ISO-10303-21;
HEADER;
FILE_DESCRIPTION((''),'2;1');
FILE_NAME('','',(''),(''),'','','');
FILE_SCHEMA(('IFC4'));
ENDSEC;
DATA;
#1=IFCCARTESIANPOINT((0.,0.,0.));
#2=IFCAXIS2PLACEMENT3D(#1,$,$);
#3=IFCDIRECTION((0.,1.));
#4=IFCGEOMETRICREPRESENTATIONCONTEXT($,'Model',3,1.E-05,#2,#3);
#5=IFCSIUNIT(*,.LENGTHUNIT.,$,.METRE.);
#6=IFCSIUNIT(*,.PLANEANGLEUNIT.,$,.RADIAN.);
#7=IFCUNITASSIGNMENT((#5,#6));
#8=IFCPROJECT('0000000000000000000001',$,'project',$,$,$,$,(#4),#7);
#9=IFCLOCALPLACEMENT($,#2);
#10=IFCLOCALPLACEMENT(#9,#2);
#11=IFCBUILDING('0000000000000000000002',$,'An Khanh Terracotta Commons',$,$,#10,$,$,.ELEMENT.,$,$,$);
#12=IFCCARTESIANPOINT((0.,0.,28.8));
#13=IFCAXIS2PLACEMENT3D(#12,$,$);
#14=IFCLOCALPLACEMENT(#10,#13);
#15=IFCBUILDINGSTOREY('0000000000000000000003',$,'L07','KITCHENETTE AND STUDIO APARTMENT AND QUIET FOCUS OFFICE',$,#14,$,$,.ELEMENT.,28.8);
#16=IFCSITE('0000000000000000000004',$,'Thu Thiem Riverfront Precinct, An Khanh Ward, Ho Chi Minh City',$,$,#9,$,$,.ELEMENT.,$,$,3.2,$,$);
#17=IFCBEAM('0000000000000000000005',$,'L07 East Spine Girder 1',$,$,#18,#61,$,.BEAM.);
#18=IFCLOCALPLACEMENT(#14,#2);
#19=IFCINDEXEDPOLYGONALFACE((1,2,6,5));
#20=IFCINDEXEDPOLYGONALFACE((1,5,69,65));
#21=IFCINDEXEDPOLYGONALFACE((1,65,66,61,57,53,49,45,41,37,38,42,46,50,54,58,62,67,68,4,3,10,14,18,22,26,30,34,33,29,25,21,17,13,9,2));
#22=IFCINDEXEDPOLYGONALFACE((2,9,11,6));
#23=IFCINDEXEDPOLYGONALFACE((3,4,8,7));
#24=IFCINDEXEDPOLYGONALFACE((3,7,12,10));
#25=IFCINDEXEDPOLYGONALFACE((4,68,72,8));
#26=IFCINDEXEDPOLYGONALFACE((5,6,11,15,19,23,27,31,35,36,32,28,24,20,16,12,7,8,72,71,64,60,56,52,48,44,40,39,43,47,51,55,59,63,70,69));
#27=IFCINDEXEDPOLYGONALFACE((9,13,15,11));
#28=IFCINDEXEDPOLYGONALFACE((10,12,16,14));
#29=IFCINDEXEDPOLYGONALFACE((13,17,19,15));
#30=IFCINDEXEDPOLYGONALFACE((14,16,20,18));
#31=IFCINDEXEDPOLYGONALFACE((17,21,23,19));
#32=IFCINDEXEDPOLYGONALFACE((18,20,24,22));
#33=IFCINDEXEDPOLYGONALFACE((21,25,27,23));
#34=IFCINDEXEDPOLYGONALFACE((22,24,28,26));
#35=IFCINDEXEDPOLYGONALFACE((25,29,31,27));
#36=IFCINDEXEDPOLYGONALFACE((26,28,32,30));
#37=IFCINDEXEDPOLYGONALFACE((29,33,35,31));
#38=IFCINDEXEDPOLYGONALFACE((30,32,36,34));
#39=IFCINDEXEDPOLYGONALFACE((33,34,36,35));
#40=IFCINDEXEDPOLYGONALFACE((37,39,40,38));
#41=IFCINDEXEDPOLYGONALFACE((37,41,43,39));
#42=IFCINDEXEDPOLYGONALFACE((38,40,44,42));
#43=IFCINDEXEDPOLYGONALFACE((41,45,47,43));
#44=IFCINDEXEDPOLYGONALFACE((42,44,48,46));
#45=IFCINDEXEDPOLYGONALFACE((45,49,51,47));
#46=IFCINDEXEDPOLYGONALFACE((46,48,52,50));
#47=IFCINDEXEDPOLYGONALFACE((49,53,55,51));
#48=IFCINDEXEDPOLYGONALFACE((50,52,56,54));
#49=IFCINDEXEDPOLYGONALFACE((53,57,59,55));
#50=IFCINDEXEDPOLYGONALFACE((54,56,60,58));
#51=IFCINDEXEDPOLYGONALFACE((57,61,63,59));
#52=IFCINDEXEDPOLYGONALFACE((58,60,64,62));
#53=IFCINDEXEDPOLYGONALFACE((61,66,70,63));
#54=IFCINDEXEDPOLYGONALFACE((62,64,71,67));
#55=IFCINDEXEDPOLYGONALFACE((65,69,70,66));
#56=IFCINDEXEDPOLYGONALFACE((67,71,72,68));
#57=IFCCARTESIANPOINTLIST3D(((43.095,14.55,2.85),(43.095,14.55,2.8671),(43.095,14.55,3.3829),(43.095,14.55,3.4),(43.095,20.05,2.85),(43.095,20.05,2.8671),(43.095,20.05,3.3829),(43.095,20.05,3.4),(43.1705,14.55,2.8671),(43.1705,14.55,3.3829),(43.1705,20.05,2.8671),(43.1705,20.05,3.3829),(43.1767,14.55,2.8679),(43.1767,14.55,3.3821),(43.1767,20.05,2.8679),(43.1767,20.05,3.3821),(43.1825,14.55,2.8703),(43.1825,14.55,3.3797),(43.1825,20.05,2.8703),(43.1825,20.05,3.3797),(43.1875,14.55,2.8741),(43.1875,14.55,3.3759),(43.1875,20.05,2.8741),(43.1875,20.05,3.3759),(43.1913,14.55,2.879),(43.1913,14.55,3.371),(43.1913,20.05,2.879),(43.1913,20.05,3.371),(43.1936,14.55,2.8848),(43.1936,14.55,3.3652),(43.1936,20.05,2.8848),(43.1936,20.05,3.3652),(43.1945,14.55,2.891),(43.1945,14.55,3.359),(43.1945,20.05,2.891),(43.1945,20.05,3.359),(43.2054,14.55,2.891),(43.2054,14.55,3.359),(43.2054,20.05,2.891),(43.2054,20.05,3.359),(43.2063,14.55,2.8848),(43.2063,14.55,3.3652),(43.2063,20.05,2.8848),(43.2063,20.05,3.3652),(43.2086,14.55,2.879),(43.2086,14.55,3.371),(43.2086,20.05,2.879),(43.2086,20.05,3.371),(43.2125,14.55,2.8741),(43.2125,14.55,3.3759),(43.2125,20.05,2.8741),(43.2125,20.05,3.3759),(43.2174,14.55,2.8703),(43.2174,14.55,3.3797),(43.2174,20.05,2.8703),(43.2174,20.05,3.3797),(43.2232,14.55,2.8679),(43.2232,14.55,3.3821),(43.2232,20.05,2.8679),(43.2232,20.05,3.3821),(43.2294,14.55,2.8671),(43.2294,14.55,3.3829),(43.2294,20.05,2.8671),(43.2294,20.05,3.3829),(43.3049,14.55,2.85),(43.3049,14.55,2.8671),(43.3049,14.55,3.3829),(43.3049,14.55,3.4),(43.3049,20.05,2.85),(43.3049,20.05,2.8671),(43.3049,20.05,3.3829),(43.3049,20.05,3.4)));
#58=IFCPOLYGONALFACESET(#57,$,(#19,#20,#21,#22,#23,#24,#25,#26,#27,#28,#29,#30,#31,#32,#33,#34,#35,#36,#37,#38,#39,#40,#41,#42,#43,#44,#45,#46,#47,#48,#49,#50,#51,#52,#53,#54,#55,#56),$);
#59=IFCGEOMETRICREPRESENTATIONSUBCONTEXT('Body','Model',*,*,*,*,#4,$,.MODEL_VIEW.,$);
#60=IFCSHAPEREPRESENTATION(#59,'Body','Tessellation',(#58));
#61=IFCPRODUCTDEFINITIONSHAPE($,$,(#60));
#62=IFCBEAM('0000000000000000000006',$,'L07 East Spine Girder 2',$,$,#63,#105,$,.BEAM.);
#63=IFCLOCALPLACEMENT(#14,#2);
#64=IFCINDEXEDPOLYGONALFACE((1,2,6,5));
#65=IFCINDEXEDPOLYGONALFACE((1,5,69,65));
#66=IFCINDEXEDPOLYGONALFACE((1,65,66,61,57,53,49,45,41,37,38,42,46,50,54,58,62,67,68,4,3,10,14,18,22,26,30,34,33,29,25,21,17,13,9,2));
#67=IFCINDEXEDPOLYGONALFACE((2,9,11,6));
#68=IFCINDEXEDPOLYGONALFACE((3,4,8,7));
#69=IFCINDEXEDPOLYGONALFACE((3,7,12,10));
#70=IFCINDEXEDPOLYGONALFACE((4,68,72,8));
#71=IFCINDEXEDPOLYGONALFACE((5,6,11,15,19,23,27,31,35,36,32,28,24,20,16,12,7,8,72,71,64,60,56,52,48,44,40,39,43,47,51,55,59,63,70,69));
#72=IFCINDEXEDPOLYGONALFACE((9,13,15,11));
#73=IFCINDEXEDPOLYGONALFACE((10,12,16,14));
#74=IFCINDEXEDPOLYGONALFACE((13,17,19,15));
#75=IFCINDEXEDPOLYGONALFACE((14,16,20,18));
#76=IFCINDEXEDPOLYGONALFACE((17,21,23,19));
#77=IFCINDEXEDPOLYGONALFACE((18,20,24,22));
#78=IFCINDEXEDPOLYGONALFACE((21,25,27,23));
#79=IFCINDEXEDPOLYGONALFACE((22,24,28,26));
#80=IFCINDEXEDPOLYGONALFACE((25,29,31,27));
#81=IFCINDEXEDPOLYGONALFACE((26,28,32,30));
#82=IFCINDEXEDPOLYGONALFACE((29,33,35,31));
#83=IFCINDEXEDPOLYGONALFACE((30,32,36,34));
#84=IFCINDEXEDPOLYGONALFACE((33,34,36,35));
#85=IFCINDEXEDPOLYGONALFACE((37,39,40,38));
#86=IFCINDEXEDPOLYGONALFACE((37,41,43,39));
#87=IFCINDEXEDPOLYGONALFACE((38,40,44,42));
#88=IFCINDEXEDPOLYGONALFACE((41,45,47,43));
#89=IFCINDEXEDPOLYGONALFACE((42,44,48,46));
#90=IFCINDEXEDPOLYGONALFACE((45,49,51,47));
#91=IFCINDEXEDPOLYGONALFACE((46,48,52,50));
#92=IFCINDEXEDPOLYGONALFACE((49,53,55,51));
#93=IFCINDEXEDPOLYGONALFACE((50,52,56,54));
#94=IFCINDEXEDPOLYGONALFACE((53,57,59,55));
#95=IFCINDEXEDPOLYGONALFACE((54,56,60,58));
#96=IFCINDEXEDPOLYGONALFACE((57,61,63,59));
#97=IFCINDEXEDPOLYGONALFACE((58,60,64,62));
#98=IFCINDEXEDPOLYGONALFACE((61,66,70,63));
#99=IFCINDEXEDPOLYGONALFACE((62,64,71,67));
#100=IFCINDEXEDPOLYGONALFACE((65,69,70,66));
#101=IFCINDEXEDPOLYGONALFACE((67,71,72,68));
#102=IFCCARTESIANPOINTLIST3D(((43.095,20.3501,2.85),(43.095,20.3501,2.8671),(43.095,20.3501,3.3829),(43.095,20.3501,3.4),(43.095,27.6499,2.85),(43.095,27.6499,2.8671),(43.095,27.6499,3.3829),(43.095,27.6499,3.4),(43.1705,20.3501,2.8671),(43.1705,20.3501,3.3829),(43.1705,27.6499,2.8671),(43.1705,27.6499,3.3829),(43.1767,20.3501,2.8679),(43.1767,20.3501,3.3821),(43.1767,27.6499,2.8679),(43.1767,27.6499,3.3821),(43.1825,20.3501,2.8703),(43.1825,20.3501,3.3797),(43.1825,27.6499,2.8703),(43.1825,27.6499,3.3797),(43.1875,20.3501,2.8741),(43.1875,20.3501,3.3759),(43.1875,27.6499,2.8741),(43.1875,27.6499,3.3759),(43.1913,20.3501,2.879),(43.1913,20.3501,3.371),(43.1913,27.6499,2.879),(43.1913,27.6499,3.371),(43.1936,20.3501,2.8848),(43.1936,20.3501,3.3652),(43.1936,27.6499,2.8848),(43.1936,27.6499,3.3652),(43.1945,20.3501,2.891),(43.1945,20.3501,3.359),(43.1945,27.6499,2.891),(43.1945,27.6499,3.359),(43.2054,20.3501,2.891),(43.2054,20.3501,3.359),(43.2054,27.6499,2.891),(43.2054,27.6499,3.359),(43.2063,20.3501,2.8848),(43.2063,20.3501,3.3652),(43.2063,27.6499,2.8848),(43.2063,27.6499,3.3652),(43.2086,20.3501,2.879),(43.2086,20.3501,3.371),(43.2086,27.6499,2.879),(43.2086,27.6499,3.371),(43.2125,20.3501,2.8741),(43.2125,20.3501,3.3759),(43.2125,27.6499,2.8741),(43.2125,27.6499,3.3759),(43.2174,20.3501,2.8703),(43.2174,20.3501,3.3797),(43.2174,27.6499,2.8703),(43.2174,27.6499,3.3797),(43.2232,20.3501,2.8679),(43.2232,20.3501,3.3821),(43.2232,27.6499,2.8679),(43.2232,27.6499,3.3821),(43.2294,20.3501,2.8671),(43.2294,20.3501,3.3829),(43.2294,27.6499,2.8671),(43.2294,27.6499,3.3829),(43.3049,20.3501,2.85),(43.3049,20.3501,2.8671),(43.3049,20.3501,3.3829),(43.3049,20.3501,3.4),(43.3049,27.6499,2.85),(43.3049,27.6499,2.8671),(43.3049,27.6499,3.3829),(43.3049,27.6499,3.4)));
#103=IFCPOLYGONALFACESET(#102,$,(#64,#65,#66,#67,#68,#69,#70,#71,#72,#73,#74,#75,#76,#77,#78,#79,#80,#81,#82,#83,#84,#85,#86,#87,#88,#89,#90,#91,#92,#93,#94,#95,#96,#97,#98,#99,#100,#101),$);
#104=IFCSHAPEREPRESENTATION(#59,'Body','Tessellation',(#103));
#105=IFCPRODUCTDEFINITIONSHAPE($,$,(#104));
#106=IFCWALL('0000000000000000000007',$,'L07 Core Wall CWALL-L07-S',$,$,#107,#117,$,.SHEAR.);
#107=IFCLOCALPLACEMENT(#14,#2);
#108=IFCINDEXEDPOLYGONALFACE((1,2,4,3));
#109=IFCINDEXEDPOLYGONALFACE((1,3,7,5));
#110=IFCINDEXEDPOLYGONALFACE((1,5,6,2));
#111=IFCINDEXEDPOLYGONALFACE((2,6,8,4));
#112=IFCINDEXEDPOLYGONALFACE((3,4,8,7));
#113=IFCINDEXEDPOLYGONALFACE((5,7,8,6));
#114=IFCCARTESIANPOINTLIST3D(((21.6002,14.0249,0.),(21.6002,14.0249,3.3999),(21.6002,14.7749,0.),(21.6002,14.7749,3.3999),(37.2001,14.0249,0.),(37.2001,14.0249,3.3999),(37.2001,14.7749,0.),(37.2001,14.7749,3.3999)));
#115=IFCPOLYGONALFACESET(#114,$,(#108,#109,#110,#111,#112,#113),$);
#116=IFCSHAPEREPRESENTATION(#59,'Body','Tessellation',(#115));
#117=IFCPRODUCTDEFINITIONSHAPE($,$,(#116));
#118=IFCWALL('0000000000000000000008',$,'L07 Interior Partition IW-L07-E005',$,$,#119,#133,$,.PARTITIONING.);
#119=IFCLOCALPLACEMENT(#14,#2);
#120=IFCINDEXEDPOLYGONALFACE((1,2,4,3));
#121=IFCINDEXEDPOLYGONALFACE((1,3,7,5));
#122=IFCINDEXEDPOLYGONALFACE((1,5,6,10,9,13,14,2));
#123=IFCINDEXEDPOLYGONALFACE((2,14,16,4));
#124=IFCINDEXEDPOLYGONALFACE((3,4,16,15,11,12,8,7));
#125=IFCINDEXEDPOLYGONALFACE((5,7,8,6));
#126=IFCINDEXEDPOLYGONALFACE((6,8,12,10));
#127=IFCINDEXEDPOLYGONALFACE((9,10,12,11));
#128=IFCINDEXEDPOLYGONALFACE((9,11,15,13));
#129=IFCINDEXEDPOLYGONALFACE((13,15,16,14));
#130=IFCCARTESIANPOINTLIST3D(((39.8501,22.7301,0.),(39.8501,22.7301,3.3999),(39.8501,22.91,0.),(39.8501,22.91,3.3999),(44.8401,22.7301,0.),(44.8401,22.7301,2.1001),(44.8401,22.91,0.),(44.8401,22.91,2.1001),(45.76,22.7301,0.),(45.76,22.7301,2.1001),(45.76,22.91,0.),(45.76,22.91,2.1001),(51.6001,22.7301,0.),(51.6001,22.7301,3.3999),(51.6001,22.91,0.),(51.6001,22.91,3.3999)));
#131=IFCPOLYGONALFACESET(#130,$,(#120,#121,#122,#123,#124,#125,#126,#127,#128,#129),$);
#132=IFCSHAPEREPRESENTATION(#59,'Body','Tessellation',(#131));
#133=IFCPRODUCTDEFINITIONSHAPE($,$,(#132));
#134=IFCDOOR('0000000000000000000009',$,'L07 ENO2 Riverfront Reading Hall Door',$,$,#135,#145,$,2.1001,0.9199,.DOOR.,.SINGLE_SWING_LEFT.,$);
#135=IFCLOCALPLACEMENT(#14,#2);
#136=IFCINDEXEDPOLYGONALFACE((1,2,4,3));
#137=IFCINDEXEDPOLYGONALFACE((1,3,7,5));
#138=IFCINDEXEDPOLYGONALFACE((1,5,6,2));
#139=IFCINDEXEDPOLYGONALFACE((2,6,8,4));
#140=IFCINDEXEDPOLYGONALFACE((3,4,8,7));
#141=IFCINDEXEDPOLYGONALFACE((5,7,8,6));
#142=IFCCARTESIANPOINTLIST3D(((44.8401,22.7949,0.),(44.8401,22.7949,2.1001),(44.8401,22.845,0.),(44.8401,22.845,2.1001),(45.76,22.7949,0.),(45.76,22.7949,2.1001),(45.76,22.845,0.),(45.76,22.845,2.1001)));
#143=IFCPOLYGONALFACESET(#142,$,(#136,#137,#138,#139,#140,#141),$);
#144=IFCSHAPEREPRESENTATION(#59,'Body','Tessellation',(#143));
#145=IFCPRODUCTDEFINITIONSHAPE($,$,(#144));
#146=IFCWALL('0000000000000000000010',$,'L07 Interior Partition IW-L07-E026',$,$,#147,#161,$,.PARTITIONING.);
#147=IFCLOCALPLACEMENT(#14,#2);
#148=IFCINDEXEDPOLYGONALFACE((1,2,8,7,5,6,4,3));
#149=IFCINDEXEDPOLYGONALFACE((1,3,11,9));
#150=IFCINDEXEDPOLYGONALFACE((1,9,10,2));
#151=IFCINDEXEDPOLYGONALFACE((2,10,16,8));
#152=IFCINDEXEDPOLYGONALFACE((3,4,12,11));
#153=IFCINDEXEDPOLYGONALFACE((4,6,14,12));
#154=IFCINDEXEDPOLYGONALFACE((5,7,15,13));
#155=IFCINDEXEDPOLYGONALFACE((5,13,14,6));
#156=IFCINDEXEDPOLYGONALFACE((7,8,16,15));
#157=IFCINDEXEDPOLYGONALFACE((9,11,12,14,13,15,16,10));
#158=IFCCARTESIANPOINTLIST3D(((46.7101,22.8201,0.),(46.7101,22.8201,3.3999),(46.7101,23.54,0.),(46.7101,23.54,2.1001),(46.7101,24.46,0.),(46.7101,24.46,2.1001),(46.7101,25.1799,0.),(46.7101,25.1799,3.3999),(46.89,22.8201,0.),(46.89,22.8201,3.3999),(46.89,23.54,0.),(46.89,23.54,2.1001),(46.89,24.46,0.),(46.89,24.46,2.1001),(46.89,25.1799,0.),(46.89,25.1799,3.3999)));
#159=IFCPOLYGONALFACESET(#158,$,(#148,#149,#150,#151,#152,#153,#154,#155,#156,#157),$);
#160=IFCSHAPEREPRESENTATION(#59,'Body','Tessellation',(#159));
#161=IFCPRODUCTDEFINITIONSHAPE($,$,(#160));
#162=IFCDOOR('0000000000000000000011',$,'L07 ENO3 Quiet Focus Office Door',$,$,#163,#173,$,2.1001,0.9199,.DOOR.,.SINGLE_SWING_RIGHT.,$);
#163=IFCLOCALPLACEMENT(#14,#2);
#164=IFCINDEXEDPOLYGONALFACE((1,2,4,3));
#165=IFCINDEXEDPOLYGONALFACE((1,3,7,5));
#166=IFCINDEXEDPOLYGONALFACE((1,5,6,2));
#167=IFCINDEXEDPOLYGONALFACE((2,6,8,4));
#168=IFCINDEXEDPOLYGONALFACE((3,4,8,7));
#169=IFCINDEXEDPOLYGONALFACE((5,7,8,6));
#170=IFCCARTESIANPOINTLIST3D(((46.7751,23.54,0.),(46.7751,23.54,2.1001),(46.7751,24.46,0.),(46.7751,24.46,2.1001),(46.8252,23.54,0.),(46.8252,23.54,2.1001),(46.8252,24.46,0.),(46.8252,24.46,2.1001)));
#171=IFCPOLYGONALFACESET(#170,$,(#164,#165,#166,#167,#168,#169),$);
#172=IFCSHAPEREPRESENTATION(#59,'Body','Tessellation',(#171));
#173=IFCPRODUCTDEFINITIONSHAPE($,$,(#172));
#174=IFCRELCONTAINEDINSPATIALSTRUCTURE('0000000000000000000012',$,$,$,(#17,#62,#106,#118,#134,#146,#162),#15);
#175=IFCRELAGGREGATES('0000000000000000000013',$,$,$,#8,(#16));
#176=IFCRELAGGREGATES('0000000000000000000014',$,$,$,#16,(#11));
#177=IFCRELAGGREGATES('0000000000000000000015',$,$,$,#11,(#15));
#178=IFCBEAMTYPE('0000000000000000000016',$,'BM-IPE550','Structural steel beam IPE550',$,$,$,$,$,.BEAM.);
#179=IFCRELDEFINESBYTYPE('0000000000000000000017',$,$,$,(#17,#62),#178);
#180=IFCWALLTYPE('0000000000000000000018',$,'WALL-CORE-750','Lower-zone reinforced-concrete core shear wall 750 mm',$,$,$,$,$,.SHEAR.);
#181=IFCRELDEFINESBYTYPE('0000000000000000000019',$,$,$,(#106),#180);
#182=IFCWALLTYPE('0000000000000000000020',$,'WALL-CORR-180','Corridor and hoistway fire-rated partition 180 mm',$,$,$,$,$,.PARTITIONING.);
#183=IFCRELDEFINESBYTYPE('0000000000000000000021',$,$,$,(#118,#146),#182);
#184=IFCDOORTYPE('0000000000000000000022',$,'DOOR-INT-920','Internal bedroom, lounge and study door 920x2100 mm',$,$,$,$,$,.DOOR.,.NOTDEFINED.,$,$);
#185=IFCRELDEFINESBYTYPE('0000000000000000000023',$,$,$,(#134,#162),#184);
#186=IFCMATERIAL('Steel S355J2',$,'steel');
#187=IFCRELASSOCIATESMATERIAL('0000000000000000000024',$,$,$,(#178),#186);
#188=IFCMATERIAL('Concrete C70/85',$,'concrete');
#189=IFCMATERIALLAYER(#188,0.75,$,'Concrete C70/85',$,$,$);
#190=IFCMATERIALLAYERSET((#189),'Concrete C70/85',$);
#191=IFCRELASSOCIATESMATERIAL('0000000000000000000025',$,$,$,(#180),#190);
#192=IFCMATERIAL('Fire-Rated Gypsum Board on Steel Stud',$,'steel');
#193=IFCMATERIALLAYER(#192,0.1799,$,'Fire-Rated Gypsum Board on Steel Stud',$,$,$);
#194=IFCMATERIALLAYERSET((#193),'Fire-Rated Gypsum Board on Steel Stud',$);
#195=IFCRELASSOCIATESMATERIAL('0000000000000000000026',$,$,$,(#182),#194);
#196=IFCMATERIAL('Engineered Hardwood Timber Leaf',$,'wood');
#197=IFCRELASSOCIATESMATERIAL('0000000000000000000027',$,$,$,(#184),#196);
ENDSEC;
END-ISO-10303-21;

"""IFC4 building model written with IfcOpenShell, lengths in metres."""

from ifc_helpers import new_model, si_unit, direction, frame, frame_2d, origin, origin_2d, place, context, subcontext, project, spatial, rectangle, i_section, extrude, material, layer, layer_set, material_profile, profile_set, type_object, element, fill, save


model = new_model("IFC4")

# Units and contexts
model_context = context("Model", 3, precision=1e-05, world=origin(), true_north=direction((0.0, 1.0)))
body_context = subcontext(model_context, "Body", "Model", "MODEL_VIEW")
ifc_project = project(units=[si_unit("LENGTHUNIT", "METRE"), si_unit("PLANEANGLEUNIT", "RADIAN")], contexts=[model_context])

# Site, building, storey
site_placement = place(None, origin())
site = spatial("IfcSite", under=ifc_project, at=site_placement, Name="Thu Thiem Riverfront Precinct, An Khanh Ward, Ho Chi Minh City", CompositionType="ELEMENT", RefElevation=3.2)
building_placement = place(site_placement, origin())
building = spatial("IfcBuilding", under=site, at=building_placement, Name="An Khanh Terracotta Commons", CompositionType="ELEMENT")
storey_placement = place(building_placement, frame((0.0, 0.0, 28.8)))
storey = spatial("IfcBuildingStorey", under=building, at=storey_placement, Name="L07", Description="KITCHENETTE AND STUDIO APARTMENT AND QUIET FOCUS OFFICE", CompositionType="ELEMENT", Elevation=28.8)

# Beams
ifc_material_1 = material(Name="Steel S355J2", Category="steel")
ifc_material_profile_1 = material_profile(ifc_material_1, i_section(OverallWidth=0.21, OverallDepth=0.55, WebThickness=0.011, FlangeThickness=0.0171, FilletRadius=0.0239, at=origin_2d()), Name="IPE550")
ifc_profile_set_1 = profile_set([ifc_material_profile_1], Name="Steel S355J2")
beam_type_1 = type_object("IfcBeamType", Name="BM-IPE550", Description="Structural steel beam IPE550", PredefinedType="BEAM", material=ifc_profile_set_1)
beam_1_placement = place(storey_placement, frame((43.2, 14.55, 3.125), z_axis=(0.0, 1.0, 0.0), x_axis=(-1.0, 0.0, 0.0)))
element("IfcBeam", 1, at=beam_1_placement, inside=storey, type_object=beam_type_1, Name="L07 East Spine Girder 1", PredefinedType="BEAM", context=body_context, shape_type="SweptSolid", body=[
    extrude(i_section(OverallWidth=0.21, OverallDepth=0.55, WebThickness=0.011, FlangeThickness=0.0171, FilletRadius=0.0239, at=origin_2d()), origin(), (0.0, 0.0, 1.0), 5.5),
])
beam_2_placement = place(storey_placement, frame((43.2, 20.3501, 3.125), z_axis=(0.0, 1.0, 0.0), x_axis=(-1.0, 0.0, 0.0)))
element("IfcBeam", 2, at=beam_2_placement, inside=storey, type_object=beam_type_1, Name="L07 East Spine Girder 2", PredefinedType="BEAM", context=body_context, shape_type="SweptSolid", body=[
    extrude(i_section(OverallWidth=0.21, OverallDepth=0.55, WebThickness=0.011, FlangeThickness=0.0171, FilletRadius=0.0239, at=origin_2d()), origin(), (0.0, 0.0, 1.0), 7.2998),
])

# Wall
ifc_material_2 = material(Name="Concrete C70/85", Category="concrete")
ifc_layer_1 = layer(ifc_material_2, 0.75, Name="Concrete C70/85")
ifc_layer_set_1 = layer_set([ifc_layer_1], Name="Concrete C70/85")
wall_type_1 = type_object("IfcWallType", Name="WALL-CORE-750", Description="Lower-zone reinforced-concrete core shear wall 750 mm", PredefinedType="SHEAR", material=ifc_layer_set_1)
wall_1_placement = place(storey_placement, frame((37.2, 14.3999, 0.0), z_axis=(0.0, 0.0, 1.0), x_axis=(-1.0, 0.0, 0.0)))
element("IfcWall", 3, at=wall_1_placement, inside=storey, type_object=wall_type_1, Name="L07 Core Wall CWALL-L07-S", PredefinedType="SHEAR", context=body_context, shape_type="SweptSolid", body=[
    extrude(rectangle(XDim=15.5999, YDim=0.75, at=frame_2d((7.7998, 0.0))), origin(), (0.0, 0.0, 1.0), 3.3999),
])

# Walls, openings, doors
ifc_material_3 = material(Name="Fire-Rated Gypsum Board on Steel Stud", Category="steel")
ifc_layer_2 = layer(ifc_material_3, 0.1799, Name="Fire-Rated Gypsum Board on Steel Stud")
ifc_layer_set_2 = layer_set([ifc_layer_2], Name="Fire-Rated Gypsum Board on Steel Stud")
wall_type_2 = type_object("IfcWallType", Name="WALL-CORR-180", Description="Corridor and hoistway fire-rated partition 180 mm", PredefinedType="PARTITIONING", material=ifc_layer_set_2)
wall_2_placement = place(storey_placement, frame((39.8501, 22.8201, 0.0), z_axis=(0.0, 0.0, 1.0), x_axis=(1.0, 0.0, 0.0)))
wall_2 = element("IfcWall", 4, at=wall_2_placement, inside=storey, type_object=wall_type_2, Name="L07 Interior Partition IW-L07-E005", PredefinedType="PARTITIONING", context=body_context, shape_type="SweptSolid", body=[
    extrude(rectangle(XDim=11.75, YDim=0.1799, at=frame_2d((5.875, 0.0))), origin(), (0.0, 0.0, 1.0), 3.3999),
])
opening_1_placement = place(wall_2_placement, frame((4.99, 0.0, 0.0)))
opening_1 = element("IfcOpeningElement", 5, at=opening_1_placement, cuts=wall_2, PredefinedType="OPENING", context=body_context, shape_type="SweptSolid", body=[
    extrude(rectangle(XDim=0.9199, YDim=2.1001, at=frame_2d((0.46, 1.05))), frame((0.0, 0.0999, 0.0), z_axis=(0.0, -1.0, 0.0), x_axis=(1.0, 0.0, 0.0)), (0.0, 0.0, 1.0), 0.2),
])
ifc_material_4 = material(Name="Engineered Hardwood Timber Leaf", Category="wood")
door_type_1 = type_object("IfcDoorType", Name="DOOR-INT-920", Description="Internal bedroom, lounge and study door 920x2100 mm", OperationType="NOTDEFINED", PredefinedType="DOOR", material=ifc_material_4)
door_1_placement = place(opening_1_placement, origin())
door_1 = element("IfcDoor", 6, at=door_1_placement, inside=storey, type_object=door_type_1, Name="L07 ENO2 Riverfront Reading Hall Door", OperationType="SINGLE_SWING_LEFT", OverallHeight=2.1001, OverallWidth=0.9199, PredefinedType="DOOR", context=body_context, shape_type="SweptSolid", body=[
    extrude(rectangle(XDim=0.9199, YDim=2.1001, at=frame_2d((0.46, 1.05))), frame((0.0, 0.0249, 0.0), z_axis=(0.0, -1.0, 0.0), x_axis=(1.0, 0.0, 0.0)), (0.0, 0.0, 1.0), 0.05),
])
fill(opening_1, door_1)
wall_3_placement = place(storey_placement, frame((46.8, 22.8201, 0.0), z_axis=(0.0, 0.0, 1.0), x_axis=(0.0, 1.0, 0.0)))
wall_3 = element("IfcWall", 7, at=wall_3_placement, inside=storey, type_object=wall_type_2, Name="L07 Interior Partition IW-L07-E026", PredefinedType="PARTITIONING", context=body_context, shape_type="SweptSolid", body=[
    extrude(rectangle(XDim=2.3599, YDim=0.1799, at=frame_2d((1.1799, 0.0))), origin(), (0.0, 0.0, 1.0), 3.3999),
])
opening_2_placement = place(wall_3_placement, frame((0.72, 0.0, 0.0)))
opening_2 = element("IfcOpeningElement", 8, at=opening_2_placement, cuts=wall_3, PredefinedType="OPENING", context=body_context, shape_type="SweptSolid", body=[
    extrude(rectangle(XDim=0.9199, YDim=2.1001, at=frame_2d((0.46, 1.05))), frame((0.0, 0.0999, 0.0), z_axis=(0.0, -1.0, 0.0), x_axis=(1.0, 0.0, 0.0)), (0.0, 0.0, 1.0), 0.2),
])
door_2_placement = place(opening_2_placement, origin())
door_2 = element("IfcDoor", 9, at=door_2_placement, inside=storey, type_object=door_type_1, Name="L07 ENO3 Quiet Focus Office Door", OperationType="SINGLE_SWING_RIGHT", OverallHeight=2.1001, OverallWidth=0.9199, PredefinedType="DOOR", context=body_context, shape_type="SweptSolid", body=[
    extrude(rectangle(XDim=0.9199, YDim=2.1001, at=frame_2d((0.46, 1.05))), frame((0.0, 0.0249, 0.0), z_axis=(0.0, -1.0, 0.0), x_axis=(1.0, 0.0, 0.0)), (0.0, 0.0, 1.0), 0.05),
])
fill(opening_2, door_2)

save(model, "model.ifc")
